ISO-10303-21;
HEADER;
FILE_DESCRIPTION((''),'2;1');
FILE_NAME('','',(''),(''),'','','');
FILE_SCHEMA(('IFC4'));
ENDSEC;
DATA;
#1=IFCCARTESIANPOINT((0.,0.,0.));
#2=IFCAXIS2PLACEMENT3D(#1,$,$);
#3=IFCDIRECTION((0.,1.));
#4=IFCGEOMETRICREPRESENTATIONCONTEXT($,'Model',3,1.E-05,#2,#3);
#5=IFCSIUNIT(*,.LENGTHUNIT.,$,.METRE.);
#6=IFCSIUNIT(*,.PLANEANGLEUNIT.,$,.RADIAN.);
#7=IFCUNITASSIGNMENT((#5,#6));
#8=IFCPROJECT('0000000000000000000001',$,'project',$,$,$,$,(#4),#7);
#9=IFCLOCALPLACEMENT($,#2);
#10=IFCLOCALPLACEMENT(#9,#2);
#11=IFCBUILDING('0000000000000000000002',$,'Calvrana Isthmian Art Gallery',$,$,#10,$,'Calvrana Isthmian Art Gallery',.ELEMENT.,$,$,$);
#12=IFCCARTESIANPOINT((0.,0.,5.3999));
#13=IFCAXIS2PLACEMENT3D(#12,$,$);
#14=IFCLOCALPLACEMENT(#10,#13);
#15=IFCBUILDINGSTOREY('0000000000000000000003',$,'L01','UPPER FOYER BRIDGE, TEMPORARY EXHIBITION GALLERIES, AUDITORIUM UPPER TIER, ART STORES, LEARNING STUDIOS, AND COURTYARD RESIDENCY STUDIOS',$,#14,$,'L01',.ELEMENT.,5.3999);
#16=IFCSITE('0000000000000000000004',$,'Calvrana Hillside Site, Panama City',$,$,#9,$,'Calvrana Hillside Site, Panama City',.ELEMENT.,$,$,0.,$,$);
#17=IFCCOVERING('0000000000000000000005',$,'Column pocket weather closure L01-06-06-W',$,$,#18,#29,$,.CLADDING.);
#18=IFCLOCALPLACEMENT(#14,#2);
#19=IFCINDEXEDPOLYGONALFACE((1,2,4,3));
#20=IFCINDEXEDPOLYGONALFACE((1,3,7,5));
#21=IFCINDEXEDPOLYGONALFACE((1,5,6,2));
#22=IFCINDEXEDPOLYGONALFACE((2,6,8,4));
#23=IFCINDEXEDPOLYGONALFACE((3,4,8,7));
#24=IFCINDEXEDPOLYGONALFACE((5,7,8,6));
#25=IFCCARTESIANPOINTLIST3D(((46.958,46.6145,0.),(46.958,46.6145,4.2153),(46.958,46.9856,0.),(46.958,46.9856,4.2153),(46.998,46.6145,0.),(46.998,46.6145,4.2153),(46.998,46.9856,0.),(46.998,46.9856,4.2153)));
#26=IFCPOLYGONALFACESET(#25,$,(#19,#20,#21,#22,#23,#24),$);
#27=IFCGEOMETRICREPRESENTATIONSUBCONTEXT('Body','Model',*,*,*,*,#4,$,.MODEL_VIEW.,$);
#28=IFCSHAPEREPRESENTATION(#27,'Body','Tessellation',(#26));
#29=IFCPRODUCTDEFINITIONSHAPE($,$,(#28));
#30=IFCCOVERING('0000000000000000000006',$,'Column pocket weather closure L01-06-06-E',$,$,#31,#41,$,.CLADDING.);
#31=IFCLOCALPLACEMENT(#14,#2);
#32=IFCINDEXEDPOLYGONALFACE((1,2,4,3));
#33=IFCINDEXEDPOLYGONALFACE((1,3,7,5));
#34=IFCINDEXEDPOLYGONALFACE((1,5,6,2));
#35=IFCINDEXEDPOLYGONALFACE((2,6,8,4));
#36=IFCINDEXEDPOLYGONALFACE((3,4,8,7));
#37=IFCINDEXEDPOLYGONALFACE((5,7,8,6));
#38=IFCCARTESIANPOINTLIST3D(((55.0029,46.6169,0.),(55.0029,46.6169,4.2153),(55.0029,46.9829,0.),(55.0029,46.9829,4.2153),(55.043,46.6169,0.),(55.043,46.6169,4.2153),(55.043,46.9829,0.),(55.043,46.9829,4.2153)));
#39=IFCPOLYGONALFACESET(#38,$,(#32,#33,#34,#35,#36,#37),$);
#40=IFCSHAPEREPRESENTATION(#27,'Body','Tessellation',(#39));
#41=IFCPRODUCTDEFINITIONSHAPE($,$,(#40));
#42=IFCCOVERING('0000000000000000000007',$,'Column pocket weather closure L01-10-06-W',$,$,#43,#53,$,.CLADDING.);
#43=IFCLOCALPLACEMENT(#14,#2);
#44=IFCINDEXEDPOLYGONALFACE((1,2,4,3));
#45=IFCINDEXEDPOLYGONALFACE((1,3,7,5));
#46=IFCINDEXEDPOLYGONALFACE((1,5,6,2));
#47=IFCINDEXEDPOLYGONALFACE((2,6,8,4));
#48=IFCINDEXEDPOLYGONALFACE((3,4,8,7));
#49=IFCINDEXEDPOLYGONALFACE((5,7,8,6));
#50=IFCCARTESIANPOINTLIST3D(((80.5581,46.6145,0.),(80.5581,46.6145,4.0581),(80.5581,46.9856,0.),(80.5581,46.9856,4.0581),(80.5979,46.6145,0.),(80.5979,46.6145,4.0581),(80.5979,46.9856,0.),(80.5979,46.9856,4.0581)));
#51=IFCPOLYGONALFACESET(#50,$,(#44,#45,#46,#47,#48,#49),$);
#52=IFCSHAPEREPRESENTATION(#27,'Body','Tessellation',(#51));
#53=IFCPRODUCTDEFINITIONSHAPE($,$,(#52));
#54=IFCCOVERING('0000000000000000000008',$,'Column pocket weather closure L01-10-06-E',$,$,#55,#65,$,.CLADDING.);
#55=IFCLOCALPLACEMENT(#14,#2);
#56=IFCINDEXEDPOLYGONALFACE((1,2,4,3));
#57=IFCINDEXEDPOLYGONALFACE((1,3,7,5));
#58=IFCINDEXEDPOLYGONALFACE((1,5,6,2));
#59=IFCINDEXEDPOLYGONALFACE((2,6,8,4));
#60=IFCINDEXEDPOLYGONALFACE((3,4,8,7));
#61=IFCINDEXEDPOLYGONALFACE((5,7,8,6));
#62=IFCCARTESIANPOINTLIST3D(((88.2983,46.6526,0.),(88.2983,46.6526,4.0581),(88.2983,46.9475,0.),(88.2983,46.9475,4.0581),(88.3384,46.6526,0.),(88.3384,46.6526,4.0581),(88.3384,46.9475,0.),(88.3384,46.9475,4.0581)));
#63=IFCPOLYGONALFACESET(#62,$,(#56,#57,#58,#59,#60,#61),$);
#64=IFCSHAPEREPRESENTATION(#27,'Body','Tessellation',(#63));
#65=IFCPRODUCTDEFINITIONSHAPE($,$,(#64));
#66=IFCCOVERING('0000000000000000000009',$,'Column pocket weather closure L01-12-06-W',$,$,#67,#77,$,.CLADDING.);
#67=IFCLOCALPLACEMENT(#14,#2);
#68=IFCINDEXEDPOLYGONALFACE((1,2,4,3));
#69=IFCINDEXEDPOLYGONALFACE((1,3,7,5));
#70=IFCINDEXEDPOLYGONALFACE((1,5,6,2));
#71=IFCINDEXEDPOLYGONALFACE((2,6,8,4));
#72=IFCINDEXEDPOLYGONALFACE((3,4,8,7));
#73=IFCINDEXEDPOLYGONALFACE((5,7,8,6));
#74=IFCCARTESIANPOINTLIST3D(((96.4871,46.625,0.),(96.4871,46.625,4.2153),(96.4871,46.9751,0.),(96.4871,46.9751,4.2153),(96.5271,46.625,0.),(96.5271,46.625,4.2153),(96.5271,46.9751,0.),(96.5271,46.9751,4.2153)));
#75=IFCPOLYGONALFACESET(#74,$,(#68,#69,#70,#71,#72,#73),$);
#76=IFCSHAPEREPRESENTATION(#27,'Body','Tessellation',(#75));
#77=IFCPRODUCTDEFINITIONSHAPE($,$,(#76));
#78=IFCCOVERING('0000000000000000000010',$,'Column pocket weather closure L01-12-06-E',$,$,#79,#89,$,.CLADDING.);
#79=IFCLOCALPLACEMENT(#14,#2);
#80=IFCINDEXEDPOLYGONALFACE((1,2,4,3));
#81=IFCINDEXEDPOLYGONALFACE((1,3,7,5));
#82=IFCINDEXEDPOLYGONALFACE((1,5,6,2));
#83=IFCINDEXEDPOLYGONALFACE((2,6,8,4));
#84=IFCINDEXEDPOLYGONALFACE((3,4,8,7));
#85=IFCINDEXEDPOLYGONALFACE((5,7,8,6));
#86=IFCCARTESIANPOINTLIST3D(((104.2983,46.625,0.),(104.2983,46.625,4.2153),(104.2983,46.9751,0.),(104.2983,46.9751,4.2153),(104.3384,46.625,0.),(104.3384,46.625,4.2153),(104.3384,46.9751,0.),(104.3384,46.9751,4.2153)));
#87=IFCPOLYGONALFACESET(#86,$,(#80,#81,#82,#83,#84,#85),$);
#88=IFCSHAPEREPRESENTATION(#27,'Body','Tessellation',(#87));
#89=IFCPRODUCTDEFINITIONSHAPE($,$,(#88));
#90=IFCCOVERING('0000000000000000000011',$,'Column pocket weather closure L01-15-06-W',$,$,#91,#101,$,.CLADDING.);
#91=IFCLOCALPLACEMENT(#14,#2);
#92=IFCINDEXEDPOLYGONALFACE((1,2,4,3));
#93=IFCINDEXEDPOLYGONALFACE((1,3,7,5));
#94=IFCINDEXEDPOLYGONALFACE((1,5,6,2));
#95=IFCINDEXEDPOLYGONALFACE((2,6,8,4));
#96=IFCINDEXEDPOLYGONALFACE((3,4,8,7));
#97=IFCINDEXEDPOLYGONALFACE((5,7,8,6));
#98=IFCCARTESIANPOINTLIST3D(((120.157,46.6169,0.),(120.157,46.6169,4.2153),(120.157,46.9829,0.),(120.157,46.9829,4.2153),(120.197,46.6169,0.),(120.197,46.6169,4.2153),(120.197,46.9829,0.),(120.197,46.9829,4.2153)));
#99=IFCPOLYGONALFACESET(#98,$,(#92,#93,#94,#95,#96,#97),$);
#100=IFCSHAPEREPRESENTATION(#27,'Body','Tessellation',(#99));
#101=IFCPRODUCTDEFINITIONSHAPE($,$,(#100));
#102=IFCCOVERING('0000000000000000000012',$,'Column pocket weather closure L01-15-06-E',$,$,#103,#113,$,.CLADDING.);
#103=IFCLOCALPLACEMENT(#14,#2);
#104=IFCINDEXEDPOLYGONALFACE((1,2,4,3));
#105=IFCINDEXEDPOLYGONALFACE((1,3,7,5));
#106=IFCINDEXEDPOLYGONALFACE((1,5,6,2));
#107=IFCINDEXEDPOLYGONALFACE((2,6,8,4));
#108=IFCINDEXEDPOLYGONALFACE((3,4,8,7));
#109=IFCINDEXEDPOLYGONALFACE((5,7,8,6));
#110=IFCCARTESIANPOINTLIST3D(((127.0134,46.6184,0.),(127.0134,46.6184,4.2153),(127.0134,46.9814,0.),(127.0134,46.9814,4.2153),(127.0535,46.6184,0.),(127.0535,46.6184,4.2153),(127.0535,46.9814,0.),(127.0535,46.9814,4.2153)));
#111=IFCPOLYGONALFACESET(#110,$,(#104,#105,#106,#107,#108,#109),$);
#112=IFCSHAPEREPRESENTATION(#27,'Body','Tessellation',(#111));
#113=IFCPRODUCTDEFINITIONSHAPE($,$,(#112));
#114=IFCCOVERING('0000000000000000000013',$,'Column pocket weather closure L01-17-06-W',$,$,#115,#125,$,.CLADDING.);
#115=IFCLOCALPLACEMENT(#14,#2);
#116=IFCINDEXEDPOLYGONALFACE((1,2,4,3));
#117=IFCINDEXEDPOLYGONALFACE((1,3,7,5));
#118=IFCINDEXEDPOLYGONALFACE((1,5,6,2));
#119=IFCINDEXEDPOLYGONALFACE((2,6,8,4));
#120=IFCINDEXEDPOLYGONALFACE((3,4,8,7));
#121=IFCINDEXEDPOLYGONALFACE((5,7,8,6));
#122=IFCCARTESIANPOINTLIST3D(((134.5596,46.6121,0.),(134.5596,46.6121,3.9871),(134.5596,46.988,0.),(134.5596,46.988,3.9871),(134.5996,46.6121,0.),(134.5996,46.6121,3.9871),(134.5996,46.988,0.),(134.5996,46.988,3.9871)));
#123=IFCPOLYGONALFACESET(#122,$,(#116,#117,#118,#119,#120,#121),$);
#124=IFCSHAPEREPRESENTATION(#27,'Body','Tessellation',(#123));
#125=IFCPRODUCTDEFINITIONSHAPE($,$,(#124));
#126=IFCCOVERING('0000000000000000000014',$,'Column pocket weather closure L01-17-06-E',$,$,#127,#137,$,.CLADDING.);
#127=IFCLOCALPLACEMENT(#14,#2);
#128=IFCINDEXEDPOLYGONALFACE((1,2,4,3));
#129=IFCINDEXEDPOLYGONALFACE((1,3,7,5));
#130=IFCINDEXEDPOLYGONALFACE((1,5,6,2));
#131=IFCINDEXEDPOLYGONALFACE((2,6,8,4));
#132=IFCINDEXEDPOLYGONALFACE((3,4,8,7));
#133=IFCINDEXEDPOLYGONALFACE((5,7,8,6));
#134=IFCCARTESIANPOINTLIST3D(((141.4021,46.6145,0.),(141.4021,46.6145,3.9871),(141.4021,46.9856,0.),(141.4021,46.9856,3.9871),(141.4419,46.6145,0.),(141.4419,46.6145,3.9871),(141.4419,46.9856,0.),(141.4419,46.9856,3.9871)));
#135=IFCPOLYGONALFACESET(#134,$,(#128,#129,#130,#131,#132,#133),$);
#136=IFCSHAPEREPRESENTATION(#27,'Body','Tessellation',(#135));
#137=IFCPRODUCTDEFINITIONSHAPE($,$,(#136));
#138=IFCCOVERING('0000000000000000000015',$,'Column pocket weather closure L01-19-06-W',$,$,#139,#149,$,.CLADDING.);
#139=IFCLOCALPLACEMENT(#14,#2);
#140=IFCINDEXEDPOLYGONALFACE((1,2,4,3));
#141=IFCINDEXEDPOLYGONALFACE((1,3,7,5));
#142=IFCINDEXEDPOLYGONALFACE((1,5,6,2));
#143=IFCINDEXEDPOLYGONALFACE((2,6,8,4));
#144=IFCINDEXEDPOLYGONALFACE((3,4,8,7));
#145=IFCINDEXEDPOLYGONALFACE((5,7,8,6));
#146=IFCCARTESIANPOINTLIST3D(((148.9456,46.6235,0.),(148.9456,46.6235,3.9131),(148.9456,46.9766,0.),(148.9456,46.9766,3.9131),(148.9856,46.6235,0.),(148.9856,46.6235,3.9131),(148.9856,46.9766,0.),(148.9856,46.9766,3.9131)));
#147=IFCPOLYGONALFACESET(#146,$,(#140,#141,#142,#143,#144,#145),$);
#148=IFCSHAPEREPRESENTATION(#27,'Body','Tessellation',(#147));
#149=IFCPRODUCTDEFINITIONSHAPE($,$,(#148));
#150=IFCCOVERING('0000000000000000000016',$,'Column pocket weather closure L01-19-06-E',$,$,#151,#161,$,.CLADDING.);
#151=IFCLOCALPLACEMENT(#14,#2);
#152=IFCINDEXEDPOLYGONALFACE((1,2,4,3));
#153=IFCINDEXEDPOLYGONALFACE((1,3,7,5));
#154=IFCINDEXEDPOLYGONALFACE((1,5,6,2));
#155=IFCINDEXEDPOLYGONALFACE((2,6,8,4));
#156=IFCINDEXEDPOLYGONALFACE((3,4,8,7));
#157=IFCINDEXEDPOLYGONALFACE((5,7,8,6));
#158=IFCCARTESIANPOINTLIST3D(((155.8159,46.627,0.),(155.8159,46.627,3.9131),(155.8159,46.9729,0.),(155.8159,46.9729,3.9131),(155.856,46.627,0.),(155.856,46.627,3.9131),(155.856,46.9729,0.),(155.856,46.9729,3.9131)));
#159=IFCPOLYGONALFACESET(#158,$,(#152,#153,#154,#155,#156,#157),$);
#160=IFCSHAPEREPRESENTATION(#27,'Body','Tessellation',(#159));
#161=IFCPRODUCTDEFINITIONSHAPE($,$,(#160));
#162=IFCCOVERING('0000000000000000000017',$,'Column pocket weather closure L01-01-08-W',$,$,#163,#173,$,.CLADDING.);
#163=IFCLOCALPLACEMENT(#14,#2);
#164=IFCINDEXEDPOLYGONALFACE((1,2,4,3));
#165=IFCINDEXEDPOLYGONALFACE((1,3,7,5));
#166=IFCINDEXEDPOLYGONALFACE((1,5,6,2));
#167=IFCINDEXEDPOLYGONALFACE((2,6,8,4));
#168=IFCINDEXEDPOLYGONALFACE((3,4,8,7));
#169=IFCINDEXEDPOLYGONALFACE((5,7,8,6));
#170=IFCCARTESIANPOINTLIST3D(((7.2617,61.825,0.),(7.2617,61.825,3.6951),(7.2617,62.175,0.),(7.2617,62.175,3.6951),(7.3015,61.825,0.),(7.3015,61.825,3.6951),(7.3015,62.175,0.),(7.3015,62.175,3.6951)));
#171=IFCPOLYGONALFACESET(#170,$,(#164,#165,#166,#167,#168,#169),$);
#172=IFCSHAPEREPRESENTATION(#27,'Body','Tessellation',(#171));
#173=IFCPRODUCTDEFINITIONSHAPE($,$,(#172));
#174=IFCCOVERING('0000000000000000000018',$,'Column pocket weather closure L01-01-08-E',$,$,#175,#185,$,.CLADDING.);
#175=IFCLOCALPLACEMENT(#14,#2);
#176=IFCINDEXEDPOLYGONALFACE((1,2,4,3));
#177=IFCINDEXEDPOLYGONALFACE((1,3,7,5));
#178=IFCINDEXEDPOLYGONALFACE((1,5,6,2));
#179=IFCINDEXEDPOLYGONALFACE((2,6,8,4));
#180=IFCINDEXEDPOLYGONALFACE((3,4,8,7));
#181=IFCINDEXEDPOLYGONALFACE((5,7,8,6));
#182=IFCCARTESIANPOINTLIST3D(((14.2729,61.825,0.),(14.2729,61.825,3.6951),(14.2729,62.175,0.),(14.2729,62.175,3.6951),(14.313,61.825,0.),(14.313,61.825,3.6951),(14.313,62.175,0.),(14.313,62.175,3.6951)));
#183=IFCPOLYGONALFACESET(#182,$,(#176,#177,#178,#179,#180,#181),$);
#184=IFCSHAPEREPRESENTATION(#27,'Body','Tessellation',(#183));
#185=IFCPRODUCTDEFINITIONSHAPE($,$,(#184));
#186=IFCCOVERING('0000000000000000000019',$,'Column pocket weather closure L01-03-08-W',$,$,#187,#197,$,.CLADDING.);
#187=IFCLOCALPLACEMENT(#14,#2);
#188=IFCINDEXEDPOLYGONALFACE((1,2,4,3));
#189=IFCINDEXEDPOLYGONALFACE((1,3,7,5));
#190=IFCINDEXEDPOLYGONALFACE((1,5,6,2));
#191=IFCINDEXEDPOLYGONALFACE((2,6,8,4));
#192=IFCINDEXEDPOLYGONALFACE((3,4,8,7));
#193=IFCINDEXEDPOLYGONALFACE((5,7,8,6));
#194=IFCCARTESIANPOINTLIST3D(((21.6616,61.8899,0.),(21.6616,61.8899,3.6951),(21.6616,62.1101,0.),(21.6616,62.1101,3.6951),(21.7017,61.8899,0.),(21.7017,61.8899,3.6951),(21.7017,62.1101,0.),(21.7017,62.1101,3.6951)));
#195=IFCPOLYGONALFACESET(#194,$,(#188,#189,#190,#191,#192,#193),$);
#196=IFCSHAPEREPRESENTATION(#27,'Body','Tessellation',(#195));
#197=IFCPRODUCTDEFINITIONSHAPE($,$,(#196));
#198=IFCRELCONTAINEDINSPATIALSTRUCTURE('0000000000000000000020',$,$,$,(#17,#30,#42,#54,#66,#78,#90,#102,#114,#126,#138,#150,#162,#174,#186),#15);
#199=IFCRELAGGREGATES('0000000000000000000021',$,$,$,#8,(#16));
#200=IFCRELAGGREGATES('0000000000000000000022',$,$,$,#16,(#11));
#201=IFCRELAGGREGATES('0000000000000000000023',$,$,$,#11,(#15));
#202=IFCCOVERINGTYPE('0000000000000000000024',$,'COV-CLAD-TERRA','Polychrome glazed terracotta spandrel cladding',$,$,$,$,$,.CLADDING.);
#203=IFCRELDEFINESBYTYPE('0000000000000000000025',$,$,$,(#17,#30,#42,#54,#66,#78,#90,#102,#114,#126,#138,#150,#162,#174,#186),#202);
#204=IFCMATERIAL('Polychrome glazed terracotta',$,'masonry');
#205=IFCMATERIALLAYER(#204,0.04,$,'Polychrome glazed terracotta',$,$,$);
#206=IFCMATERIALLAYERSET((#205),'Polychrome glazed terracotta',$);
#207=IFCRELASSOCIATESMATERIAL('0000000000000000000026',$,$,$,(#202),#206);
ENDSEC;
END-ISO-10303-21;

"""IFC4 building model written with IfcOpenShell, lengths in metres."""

from ifc_helpers import new_model, si_unit, direction, frame, origin, place, context, subcontext, project, spatial, polyline, outline, extrude, material, layer, layer_set, type_object, element, save


model = new_model("IFC4")

# Units and contexts
model_context = context("Model", 3, precision=1e-05, world=origin(), true_north=direction((0.0, 1.0)))
body_context = subcontext(model_context, "Body", "Model", "MODEL_VIEW")
ifc_project = project(units=[si_unit("LENGTHUNIT", "METRE"), si_unit("PLANEANGLEUNIT", "RADIAN")], contexts=[model_context])

# Site, building, storey
site_placement = place(None, origin())
site = spatial("IfcSite", under=ifc_project, at=site_placement, Name="Calvrana Hillside Site, Panama City", LongName="Calvrana Hillside Site, Panama City", CompositionType="ELEMENT", RefElevation=0.0)
building_placement = place(site_placement, origin())
building = spatial("IfcBuilding", under=site, at=building_placement, Name="Calvrana Isthmian Art Gallery", LongName="Calvrana Isthmian Art Gallery", CompositionType="ELEMENT")
storey_placement = place(building_placement, frame((0.0, 0.0, 5.3999)))
storey = spatial("IfcBuildingStorey", under=building, at=storey_placement, Name="L01", Description="UPPER FOYER BRIDGE, TEMPORARY EXHIBITION GALLERIES, AUDITORIUM UPPER TIER, ART STORES, LEARNING STUDIOS, AND COURTYARD RESIDENCY STUDIOS", LongName="L01", CompositionType="ELEMENT", Elevation=5.3999)

# Coverings
ifc_material = material(Name="Polychrome glazed terracotta", Category="masonry")
ifc_layer = layer(ifc_material, 0.04, Name="Polychrome glazed terracotta")
ifc_layer_set = layer_set([ifc_layer], Name="Polychrome glazed terracotta")
covering_type = type_object("IfcCoveringType", Name="COV-CLAD-TERRA", Description="Polychrome glazed terracotta spandrel cladding", PredefinedType="CLADDING", material=ifc_layer_set)
covering_1_placement = place(storey_placement, origin())
element("IfcCovering", 1, at=covering_1_placement, inside=storey, type_object=covering_type, Name="Column pocket weather closure L01-06-06-W", PredefinedType="CLADDING", context=body_context, shape_type="SweptSolid", body=[
    extrude(outline(polyline([(46.958, 46.6145), (46.998, 46.6145), (46.998, 46.9856), (46.958, 46.9856), (46.958, 46.6145)])), origin(), (0.0, 0.0, 1.0), 4.2153),
])
covering_2_placement = place(storey_placement, origin())
element("IfcCovering", 2, at=covering_2_placement, inside=storey, type_object=covering_type, Name="Column pocket weather closure L01-06-06-E", PredefinedType="CLADDING", context=body_context, shape_type="SweptSolid", body=[
    extrude(outline(polyline([(55.0029, 46.6169), (55.043, 46.6169), (55.043, 46.9829), (55.0029, 46.9829), (55.0029, 46.6169)])), origin(), (0.0, 0.0, 1.0), 4.2153),
])
covering_3_placement = place(storey_placement, origin())
element("IfcCovering", 3, at=covering_3_placement, inside=storey, type_object=covering_type, Name="Column pocket weather closure L01-10-06-W", PredefinedType="CLADDING", context=body_context, shape_type="SweptSolid", body=[
    extrude(outline(polyline([(80.5581, 46.6145), (80.5979, 46.6145), (80.5979, 46.9856), (80.5581, 46.9856), (80.5581, 46.6145)])), origin(), (0.0, 0.0, 1.0), 4.0581),
])
covering_4_placement = place(storey_placement, origin())
element("IfcCovering", 4, at=covering_4_placement, inside=storey, type_object=covering_type, Name="Column pocket weather closure L01-10-06-E", PredefinedType="CLADDING", context=body_context, shape_type="SweptSolid", body=[
    extrude(outline(polyline([(88.2983, 46.6526), (88.3384, 46.6526), (88.3384, 46.9475), (88.2983, 46.9475), (88.2983, 46.6526)])), origin(), (0.0, 0.0, 1.0), 4.0581),
])
covering_5_placement = place(storey_placement, origin())
element("IfcCovering", 5, at=covering_5_placement, inside=storey, type_object=covering_type, Name="Column pocket weather closure L01-12-06-W", PredefinedType="CLADDING", context=body_context, shape_type="SweptSolid", body=[
    extrude(outline(polyline([(96.4871, 46.625), (96.5271, 46.625), (96.5271, 46.9751), (96.4871, 46.9751), (96.4871, 46.625)])), origin(), (0.0, 0.0, 1.0), 4.2153),
])
covering_6_placement = place(storey_placement, origin())
element("IfcCovering", 6, at=covering_6_placement, inside=storey, type_object=covering_type, Name="Column pocket weather closure L01-12-06-E", PredefinedType="CLADDING", context=body_context, shape_type="SweptSolid", body=[
    extrude(outline(polyline([(104.2983, 46.625), (104.3384, 46.625), (104.3384, 46.9751), (104.2983, 46.9751), (104.2983, 46.625)])), origin(), (0.0, 0.0, 1.0), 4.2153),
])
covering_7_placement = place(storey_placement, origin())
element("IfcCovering", 7, at=covering_7_placement, inside=storey, type_object=covering_type, Name="Column pocket weather closure L01-15-06-W", PredefinedType="CLADDING", context=body_context, shape_type="SweptSolid", body=[
    extrude(outline(polyline([(120.157, 46.6169), (120.197, 46.6169), (120.197, 46.9829), (120.157, 46.9829), (120.157, 46.6169)])), origin(), (0.0, 0.0, 1.0), 4.2153),
])
covering_8_placement = place(storey_placement, origin())
element("IfcCovering", 8, at=covering_8_placement, inside=storey, type_object=covering_type, Name="Column pocket weather closure L01-15-06-E", PredefinedType="CLADDING", context=body_context, shape_type="SweptSolid", body=[
    extrude(outline(polyline([(127.0134, 46.6184), (127.0535, 46.6184), (127.0535, 46.9814), (127.0134, 46.9814), (127.0134, 46.6184)])), origin(), (0.0, 0.0, 1.0), 4.2153),
])
covering_9_placement = place(storey_placement, origin())
element("IfcCovering", 9, at=covering_9_placement, inside=storey, type_object=covering_type, Name="Column pocket weather closure L01-17-06-W", PredefinedType="CLADDING", context=body_context, shape_type="SweptSolid", body=[
    extrude(outline(polyline([(134.5596, 46.6121), (134.5996, 46.6121), (134.5996, 46.988), (134.5596, 46.988), (134.5596, 46.6121)])), origin(), (0.0, 0.0, 1.0), 3.9871),
])
covering_10_placement = place(storey_placement, origin())
element("IfcCovering", 10, at=covering_10_placement, inside=storey, type_object=covering_type, Name="Column pocket weather closure L01-17-06-E", PredefinedType="CLADDING", context=body_context, shape_type="SweptSolid", body=[
    extrude(outline(polyline([(141.4021, 46.6145), (141.4419, 46.6145), (141.4419, 46.9856), (141.4021, 46.9856), (141.4021, 46.6145)])), origin(), (0.0, 0.0, 1.0), 3.9871),
])
covering_11_placement = place(storey_placement, origin())
element("IfcCovering", 11, at=covering_11_placement, inside=storey, type_object=covering_type, Name="Column pocket weather closure L01-19-06-W", PredefinedType="CLADDING", context=body_context, shape_type="SweptSolid", body=[
    extrude(outline(polyline([(148.9456, 46.6235), (148.9856, 46.6235), (148.9856, 46.9766), (148.9456, 46.9766), (148.9456, 46.6235)])), origin(), (0.0, 0.0, 1.0), 3.9131),
])
covering_12_placement = place(storey_placement, origin())
element("IfcCovering", 12, at=covering_12_placement, inside=storey, type_object=covering_type, Name="Column pocket weather closure L01-19-06-E", PredefinedType="CLADDING", context=body_context, shape_type="SweptSolid", body=[
    extrude(outline(polyline([(155.8159, 46.627), (155.856, 46.627), (155.856, 46.9729), (155.8159, 46.9729), (155.8159, 46.627)])), origin(), (0.0, 0.0, 1.0), 3.9131),
])
covering_13_placement = place(storey_placement, origin())
element("IfcCovering", 13, at=covering_13_placement, inside=storey, type_object=covering_type, Name="Column pocket weather closure L01-01-08-W", PredefinedType="CLADDING", context=body_context, shape_type="SweptSolid", body=[
    extrude(outline(polyline([(7.2617, 61.825), (7.3015, 61.825), (7.3015, 62.175), (7.2617, 62.175), (7.2617, 61.825)])), origin(), (0.0, 0.0, 1.0), 3.6951),
])
covering_14_placement = place(storey_placement, origin())
element("IfcCovering", 14, at=covering_14_placement, inside=storey, type_object=covering_type, Name="Column pocket weather closure L01-01-08-E", PredefinedType="CLADDING", context=body_context, shape_type="SweptSolid", body=[
    extrude(outline(polyline([(14.2729, 61.825), (14.313, 61.825), (14.313, 62.175), (14.2729, 62.175), (14.2729, 61.825)])), origin(), (0.0, 0.0, 1.0), 3.6951),
])
covering_15_placement = place(storey_placement, origin())
element("IfcCovering", 15, at=covering_15_placement, inside=storey, type_object=covering_type, Name="Column pocket weather closure L01-03-08-W", PredefinedType="CLADDING", context=body_context, shape_type="SweptSolid", body=[
    extrude(outline(polyline([(21.6616, 61.8899), (21.7017, 61.8899), (21.7017, 62.1101), (21.6616, 62.1101), (21.6616, 61.8899)])), origin(), (0.0, 0.0, 1.0), 3.6951),
])

save(model, "model.ifc")
